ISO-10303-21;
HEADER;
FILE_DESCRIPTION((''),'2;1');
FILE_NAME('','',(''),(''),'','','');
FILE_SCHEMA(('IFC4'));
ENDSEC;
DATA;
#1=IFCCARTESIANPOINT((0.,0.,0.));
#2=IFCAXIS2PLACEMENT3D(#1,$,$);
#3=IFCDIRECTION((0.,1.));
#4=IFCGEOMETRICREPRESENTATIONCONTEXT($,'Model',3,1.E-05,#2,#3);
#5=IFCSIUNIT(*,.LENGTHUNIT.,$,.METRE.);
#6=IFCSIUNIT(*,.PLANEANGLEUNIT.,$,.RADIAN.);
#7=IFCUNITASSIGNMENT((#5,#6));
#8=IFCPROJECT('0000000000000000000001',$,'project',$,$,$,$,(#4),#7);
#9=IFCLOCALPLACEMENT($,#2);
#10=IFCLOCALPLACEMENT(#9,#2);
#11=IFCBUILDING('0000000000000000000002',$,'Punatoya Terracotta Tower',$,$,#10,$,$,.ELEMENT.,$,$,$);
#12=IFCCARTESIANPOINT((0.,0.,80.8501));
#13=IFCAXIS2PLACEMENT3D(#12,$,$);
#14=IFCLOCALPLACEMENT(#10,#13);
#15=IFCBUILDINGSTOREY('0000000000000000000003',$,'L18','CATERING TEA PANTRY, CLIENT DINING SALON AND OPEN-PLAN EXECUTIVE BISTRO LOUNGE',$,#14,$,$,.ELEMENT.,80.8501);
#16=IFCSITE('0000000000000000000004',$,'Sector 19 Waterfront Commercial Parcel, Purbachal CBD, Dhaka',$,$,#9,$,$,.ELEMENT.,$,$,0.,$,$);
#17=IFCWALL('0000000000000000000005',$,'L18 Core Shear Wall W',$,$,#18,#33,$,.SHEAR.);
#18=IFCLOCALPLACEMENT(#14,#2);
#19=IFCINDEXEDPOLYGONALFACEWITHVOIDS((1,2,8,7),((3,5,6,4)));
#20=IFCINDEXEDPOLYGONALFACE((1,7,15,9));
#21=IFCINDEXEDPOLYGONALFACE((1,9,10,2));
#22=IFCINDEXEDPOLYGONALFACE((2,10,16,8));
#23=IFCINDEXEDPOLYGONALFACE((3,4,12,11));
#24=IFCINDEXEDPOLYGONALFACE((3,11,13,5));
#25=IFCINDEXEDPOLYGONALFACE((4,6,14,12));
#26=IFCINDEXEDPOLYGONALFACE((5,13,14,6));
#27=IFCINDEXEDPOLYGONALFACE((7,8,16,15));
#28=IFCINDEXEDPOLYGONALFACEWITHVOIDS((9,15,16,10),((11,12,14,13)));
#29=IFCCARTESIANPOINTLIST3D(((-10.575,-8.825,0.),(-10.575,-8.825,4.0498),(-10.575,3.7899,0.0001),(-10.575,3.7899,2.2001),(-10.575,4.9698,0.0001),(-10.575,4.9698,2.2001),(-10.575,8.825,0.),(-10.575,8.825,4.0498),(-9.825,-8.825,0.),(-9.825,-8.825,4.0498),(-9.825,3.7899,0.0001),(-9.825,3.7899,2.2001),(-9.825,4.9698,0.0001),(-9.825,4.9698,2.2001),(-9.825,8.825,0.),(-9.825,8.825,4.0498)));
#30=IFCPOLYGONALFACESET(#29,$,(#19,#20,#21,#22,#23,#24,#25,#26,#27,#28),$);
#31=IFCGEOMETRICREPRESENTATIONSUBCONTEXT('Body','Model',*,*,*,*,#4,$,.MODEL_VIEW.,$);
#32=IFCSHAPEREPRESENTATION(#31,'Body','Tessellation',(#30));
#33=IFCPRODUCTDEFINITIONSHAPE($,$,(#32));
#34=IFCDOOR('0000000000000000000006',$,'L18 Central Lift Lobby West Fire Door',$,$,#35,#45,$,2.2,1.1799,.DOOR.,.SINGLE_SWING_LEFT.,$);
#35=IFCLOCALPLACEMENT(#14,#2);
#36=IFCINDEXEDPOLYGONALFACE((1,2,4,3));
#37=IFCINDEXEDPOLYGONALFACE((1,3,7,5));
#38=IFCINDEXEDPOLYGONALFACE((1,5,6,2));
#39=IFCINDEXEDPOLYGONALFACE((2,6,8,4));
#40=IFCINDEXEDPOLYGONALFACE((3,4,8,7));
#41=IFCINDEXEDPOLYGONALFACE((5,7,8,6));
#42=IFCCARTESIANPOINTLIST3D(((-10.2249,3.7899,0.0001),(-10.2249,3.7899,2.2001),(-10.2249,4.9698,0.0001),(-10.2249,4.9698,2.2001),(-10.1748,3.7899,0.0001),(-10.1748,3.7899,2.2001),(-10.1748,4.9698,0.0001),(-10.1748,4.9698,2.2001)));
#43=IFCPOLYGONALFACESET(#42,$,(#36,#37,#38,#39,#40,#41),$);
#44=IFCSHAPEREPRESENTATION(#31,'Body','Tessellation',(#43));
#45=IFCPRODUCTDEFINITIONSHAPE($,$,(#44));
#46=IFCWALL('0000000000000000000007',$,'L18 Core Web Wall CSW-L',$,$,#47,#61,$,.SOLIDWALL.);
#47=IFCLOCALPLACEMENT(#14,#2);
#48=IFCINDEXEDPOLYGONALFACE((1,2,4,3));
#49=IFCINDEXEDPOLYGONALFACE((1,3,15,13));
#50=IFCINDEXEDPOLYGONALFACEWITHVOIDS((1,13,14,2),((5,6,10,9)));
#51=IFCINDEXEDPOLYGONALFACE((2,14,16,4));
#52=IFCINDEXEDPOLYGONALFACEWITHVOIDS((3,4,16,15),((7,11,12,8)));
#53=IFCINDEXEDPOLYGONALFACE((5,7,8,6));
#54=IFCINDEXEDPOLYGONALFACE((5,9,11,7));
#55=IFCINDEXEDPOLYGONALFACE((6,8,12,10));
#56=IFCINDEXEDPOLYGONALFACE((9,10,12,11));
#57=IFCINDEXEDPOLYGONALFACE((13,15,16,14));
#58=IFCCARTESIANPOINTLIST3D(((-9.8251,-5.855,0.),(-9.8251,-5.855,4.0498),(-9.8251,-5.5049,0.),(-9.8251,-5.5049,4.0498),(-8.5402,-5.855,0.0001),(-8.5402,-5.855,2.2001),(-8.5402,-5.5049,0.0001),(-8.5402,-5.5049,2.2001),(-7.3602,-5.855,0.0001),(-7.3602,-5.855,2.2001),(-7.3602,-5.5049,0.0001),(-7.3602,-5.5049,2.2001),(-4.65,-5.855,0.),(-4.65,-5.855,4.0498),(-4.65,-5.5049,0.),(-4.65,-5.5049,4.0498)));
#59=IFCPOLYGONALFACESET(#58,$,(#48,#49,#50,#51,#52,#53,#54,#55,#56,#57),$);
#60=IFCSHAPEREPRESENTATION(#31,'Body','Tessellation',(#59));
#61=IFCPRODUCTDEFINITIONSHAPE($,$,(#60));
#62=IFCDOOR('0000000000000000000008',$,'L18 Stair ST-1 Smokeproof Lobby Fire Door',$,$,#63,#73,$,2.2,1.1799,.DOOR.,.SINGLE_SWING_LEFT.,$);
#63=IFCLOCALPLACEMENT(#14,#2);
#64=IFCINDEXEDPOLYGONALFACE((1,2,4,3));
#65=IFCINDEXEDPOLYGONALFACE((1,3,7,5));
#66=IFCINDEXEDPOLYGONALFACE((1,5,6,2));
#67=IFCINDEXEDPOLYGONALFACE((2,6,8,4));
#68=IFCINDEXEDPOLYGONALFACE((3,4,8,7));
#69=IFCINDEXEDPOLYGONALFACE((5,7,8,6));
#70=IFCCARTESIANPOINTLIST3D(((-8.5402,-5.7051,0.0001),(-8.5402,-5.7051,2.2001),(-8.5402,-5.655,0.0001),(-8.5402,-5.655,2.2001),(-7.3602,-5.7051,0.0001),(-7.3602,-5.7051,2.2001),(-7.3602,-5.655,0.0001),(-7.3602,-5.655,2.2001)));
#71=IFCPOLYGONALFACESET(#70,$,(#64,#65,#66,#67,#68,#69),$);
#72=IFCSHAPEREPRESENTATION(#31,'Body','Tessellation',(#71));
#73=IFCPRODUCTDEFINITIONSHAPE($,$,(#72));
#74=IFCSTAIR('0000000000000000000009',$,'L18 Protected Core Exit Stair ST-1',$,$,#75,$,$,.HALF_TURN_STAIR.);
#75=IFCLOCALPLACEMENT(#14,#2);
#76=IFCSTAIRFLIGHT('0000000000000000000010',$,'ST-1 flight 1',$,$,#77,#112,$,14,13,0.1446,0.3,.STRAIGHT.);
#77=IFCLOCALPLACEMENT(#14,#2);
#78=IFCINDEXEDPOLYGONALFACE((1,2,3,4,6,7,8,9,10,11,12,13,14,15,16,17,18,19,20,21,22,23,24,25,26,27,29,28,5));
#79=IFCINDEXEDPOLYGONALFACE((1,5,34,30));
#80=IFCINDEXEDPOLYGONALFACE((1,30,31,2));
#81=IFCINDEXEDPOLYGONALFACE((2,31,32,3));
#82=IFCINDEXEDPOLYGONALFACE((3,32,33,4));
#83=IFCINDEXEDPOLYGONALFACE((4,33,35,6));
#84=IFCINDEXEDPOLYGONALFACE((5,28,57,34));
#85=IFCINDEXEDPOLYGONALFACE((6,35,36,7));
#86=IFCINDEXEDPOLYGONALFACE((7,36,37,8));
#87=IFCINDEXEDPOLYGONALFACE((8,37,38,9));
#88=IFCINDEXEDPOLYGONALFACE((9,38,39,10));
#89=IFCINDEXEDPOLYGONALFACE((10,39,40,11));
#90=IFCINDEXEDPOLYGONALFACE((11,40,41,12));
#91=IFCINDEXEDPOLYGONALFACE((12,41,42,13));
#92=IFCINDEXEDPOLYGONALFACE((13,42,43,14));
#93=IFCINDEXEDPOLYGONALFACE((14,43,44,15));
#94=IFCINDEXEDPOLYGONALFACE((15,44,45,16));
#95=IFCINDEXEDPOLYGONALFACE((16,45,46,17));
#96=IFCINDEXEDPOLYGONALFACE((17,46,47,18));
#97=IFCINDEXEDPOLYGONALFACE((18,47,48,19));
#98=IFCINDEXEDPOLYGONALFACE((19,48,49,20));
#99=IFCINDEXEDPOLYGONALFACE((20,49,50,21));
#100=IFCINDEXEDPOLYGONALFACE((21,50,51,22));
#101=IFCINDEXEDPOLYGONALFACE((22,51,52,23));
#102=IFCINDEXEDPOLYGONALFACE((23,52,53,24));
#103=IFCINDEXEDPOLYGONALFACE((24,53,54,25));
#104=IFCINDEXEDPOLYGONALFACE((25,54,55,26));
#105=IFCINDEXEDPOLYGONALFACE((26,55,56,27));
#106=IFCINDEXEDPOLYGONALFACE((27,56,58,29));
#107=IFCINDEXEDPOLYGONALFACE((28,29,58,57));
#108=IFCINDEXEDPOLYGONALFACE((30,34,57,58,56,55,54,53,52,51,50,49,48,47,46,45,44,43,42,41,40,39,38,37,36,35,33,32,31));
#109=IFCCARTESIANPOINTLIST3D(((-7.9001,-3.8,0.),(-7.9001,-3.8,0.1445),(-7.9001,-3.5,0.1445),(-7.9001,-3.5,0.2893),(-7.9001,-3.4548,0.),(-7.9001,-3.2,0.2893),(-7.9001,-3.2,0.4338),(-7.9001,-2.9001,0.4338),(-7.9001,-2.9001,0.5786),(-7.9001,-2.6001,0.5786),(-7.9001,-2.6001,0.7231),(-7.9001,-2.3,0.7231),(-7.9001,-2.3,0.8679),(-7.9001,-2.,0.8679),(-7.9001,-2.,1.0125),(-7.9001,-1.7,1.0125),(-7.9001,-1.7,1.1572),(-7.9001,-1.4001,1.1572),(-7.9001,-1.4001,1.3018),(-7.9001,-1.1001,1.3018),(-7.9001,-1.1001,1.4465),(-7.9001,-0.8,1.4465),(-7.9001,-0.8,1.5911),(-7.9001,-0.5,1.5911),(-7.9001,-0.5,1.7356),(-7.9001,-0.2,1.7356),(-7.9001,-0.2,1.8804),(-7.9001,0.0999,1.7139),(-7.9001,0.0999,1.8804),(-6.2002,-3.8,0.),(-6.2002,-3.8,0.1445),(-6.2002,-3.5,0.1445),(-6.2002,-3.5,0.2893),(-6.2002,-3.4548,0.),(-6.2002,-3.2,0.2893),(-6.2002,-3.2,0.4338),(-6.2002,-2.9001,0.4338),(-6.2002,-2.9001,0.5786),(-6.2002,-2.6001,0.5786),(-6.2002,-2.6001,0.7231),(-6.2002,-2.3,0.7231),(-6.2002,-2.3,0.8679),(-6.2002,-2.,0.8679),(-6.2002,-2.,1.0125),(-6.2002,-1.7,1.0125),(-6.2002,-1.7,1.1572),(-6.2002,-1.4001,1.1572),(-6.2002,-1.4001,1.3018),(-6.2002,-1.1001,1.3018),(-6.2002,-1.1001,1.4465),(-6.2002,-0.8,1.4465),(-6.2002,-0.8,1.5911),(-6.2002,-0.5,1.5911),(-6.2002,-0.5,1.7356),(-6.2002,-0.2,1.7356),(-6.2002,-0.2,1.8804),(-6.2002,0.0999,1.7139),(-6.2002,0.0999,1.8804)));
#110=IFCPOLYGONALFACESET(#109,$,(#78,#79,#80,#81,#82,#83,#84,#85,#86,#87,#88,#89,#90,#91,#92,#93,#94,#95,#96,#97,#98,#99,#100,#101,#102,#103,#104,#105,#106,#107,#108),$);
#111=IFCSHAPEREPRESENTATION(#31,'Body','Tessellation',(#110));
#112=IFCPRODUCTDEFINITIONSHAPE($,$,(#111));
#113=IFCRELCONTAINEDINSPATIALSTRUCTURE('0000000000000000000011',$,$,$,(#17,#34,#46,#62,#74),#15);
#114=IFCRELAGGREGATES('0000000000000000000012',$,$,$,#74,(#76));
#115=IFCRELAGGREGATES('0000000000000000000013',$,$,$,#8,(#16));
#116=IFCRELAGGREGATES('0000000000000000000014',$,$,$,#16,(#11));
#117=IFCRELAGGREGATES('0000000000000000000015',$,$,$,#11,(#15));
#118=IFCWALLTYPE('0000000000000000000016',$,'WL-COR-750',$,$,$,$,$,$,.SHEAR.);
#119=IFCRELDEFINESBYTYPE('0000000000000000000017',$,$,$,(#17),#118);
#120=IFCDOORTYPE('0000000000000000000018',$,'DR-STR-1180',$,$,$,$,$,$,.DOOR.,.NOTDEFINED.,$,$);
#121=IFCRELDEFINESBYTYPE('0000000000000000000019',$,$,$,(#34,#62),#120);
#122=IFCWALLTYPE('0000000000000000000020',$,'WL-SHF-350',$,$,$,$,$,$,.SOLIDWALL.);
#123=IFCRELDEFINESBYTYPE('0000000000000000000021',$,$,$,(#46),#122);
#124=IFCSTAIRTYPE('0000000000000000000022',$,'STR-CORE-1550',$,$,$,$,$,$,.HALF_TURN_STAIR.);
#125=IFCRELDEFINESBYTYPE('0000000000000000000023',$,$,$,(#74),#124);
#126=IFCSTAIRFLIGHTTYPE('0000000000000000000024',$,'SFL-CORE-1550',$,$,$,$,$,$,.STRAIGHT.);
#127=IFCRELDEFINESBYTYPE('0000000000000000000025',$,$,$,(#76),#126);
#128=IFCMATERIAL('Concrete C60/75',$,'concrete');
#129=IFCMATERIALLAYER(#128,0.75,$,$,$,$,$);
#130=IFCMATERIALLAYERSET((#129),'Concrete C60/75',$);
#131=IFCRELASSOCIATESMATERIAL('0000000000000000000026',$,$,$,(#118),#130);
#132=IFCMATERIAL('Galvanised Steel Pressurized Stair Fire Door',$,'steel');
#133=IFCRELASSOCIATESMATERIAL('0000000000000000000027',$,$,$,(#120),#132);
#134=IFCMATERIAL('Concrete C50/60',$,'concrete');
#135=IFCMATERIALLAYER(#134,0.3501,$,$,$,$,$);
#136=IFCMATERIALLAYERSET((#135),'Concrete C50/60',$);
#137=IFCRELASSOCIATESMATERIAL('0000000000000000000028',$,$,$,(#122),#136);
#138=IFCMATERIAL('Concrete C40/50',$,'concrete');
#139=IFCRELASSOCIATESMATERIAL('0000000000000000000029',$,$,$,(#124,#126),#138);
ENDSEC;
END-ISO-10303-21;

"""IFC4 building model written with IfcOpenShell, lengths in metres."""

from ifc_helpers import new_model, si_unit, direction, frame, frame_2d, origin, place, context, subcontext, project, spatial, polyline, rectangle, outline, extrude, material, layer, layer_set, type_object, element, fill, aggregate, save


model = new_model("IFC4")

# Units and contexts
model_context = context("Model", 3, precision=1e-05, world=origin(), true_north=direction((0.0, 1.0)))
body_context = subcontext(model_context, "Body", "Model", "MODEL_VIEW")
ifc_project = project(units=[si_unit("LENGTHUNIT", "METRE"), si_unit("PLANEANGLEUNIT", "RADIAN")], contexts=[model_context])

# Site, building, storey
site_placement = place(None, origin())
site = spatial("IfcSite", under=ifc_project, at=site_placement, Name="Sector 19 Waterfront Commercial Parcel, Purbachal CBD, Dhaka", CompositionType="ELEMENT", RefElevation=0.0)
building_placement = place(site_placement, origin())
building = spatial("IfcBuilding", under=site, at=building_placement, Name="Punatoya Terracotta Tower", CompositionType="ELEMENT")
storey_placement = place(building_placement, frame((0.0, 0.0, 80.8501)))
storey = spatial("IfcBuildingStorey", under=building, at=storey_placement, Name="L18", Description="CATERING TEA PANTRY, CLIENT DINING SALON AND OPEN-PLAN EXECUTIVE BISTRO LOUNGE", CompositionType="ELEMENT", Elevation=80.8501)

# Walls, openings, doors
ifc_material_1 = material(Name="Concrete C40/50", Category="concrete")
ifc_material_2 = material(Name="Concrete C60/75", Category="concrete")
ifc_layer_1 = layer(ifc_material_2, 0.75)
ifc_layer_set_1 = layer_set([ifc_layer_1], Name="Concrete C60/75")
wall_type_1 = type_object("IfcWallType", Name="WL-COR-750", PredefinedType="SHEAR", material=ifc_layer_set_1)
wall_1_placement = place(storey_placement, frame((-10.2, -8.825, 0.0), z_axis=(0.0, 0.0, 1.0), x_axis=(0.0, 1.0, 0.0)))
wall_1 = element("IfcWall", 1, at=wall_1_placement, inside=storey, type_object=wall_type_1, Name="L18 Core Shear Wall W", PredefinedType="SHEAR", context=body_context, shape_type="SweptSolid", body=[
    extrude(rectangle(XDim=17.6499, YDim=0.75, at=frame_2d((8.825, 0.0))), origin(), (0.0, 0.0, 1.0), 4.0498),
])
opening_1_placement = place(wall_1_placement, frame((12.615, 0.0, 0.0)))
opening_1 = element("IfcOpeningElement", 2, at=opening_1_placement, cuts=wall_1, PredefinedType="OPENING", context=body_context, shape_type="SweptSolid", body=[
    extrude(rectangle(XDim=1.1799, YDim=2.2, at=frame_2d((0.5898, 1.1001))), frame((0.0, 0.385, 0.0), z_axis=(0.0, -1.0, 0.0), x_axis=(1.0, 0.0, 0.0)), (0.0, 0.0, 1.0), 0.77),
])
ifc_material_3 = material(Name="Galvanised Steel Pressurized Stair Fire Door", Category="steel")
door_type_1 = type_object("IfcDoorType", Name="DR-STR-1180", OperationType="NOTDEFINED", PredefinedType="DOOR", material=ifc_material_3)
door_1_placement = place(opening_1_placement, origin())
door_1 = element("IfcDoor", 3, at=door_1_placement, inside=storey, type_object=door_type_1, Name="L18 Central Lift Lobby West Fire Door", OperationType="SINGLE_SWING_LEFT", OverallHeight=2.2, OverallWidth=1.1799, PredefinedType="DOOR", context=body_context, shape_type="SweptSolid", body=[
    extrude(rectangle(XDim=1.1799, YDim=2.2, at=frame_2d((0.5898, 1.1001))), frame((0.0, 0.0249, 0.0), z_axis=(0.0, -1.0, 0.0), x_axis=(1.0, 0.0, 0.0)), (0.0, 0.0, 1.0), 0.05),
])
fill(opening_1, door_1)
ifc_material_4 = material(Name="Concrete C50/60", Category="concrete")
ifc_layer_2 = layer(ifc_material_4, 0.3501)
ifc_layer_set_2 = layer_set([ifc_layer_2], Name="Concrete C50/60")
wall_type_2 = type_object("IfcWallType", Name="WL-SHF-350", PredefinedType="SOLIDWALL", material=ifc_layer_set_2)
wall_2_placement = place(storey_placement, frame((-9.825, -5.6799, 0.0), z_axis=(0.0, 0.0, 1.0), x_axis=(1.0, 0.0, 0.0)))
wall_2 = element("IfcWall", 4, at=wall_2_placement, inside=storey, type_object=wall_type_2, Name="L18 Core Web Wall CSW-L", PredefinedType="SOLIDWALL", context=body_context, shape_type="SweptSolid", body=[
    extrude(rectangle(XDim=5.175, YDim=0.3501, at=frame_2d((2.5874, 0.0))), origin(), (0.0, 0.0, 1.0), 4.0498),
])
opening_2_placement = place(wall_2_placement, frame((1.2849, 0.0, 0.0)))
opening_2 = element("IfcOpeningElement", 5, at=opening_2_placement, cuts=wall_2, PredefinedType="OPENING", context=body_context, shape_type="SweptSolid", body=[
    extrude(rectangle(XDim=1.1799, YDim=2.2, at=frame_2d((0.5898, 1.1001))), frame((0.0, 0.1851, 0.0), z_axis=(0.0, -1.0, 0.0), x_axis=(1.0, 0.0, 0.0)), (0.0, 0.0, 1.0), 0.3701),
])
door_2_placement = place(opening_2_placement, origin())
door_2 = element("IfcDoor", 6, at=door_2_placement, inside=storey, type_object=door_type_1, Name="L18 Stair ST-1 Smokeproof Lobby Fire Door", OperationType="SINGLE_SWING_LEFT", OverallHeight=2.2, OverallWidth=1.1799, PredefinedType="DOOR", context=body_context, shape_type="SweptSolid", body=[
    extrude(rectangle(XDim=1.1799, YDim=2.2, at=frame_2d((0.5898, 1.1001))), frame((0.0, 0.0249, 0.0), z_axis=(0.0, -1.0, 0.0), x_axis=(1.0, 0.0, 0.0)), (0.0, 0.0, 1.0), 0.05),
])
fill(opening_2, door_2)

# Stair, stair flight
stair_type = type_object("IfcStairType", Name="STR-CORE-1550", PredefinedType="HALF_TURN_STAIR", material=ifc_material_1)
stair_placement = place(storey_placement, origin())
stair = element("IfcStair", 7, at=stair_placement, inside=storey, type_object=stair_type, Name="L18 Protected Core Exit Stair ST-1", PredefinedType="HALF_TURN_STAIR")
stair_flight_type = type_object("IfcStairFlightType", Name="SFL-CORE-1550", PredefinedType="STRAIGHT", material=ifc_material_1)
stair_flight_placement = place(storey_placement, frame((-7.05, -3.8, 0.0), z_axis=(0.0, 0.0, 1.0), x_axis=(0.0, 1.0, 0.0)))
stair_flight = element("IfcStairFlight", 8, at=stair_flight_placement, type_object=stair_flight_type, Name="ST-1 flight 1", NumberOfRisers=14, NumberOfTreads=13, PredefinedType="STRAIGHT", RiserHeight=0.1446, TreadLength=0.3, context=body_context, shape_type="SweptSolid", body=[
    extrude(outline(polyline([(0.0, 0.0), (0.0, 0.1445), (0.3, 0.1445), (0.3, 0.2893), (0.6001, 0.2893), (0.6001, 0.4338), (0.8999, 0.4338), (0.8999, 0.5786), (1.2, 0.5786), (1.2, 0.7231), (1.5, 0.7231), (1.5, 0.8679), (1.8, 0.8679), (1.8, 1.0125), (2.1001, 1.0125), (2.1001, 1.1572), (2.3999, 1.1572), (2.3999, 1.3018), (2.7, 1.3018), (2.7, 1.4465), (3.0, 1.4465), (3.0, 1.5911), (3.3, 1.5911), (3.3, 1.7356), (3.6001, 1.7356), (3.6001, 1.8804), (3.8999, 1.8804), (3.8999, 2.0249), (3.8999, 1.7139), (0.3452, 0.0), (0.0, 0.0)])), frame((0.0, 0.8501, 0.0), z_axis=(0.0, -1.0, 0.0), x_axis=(1.0, 0.0, 0.0)), (0.0, 0.0, 1.0), 1.7),
])
aggregate(stair, [stair_flight])

save(model, "model.ifc")
